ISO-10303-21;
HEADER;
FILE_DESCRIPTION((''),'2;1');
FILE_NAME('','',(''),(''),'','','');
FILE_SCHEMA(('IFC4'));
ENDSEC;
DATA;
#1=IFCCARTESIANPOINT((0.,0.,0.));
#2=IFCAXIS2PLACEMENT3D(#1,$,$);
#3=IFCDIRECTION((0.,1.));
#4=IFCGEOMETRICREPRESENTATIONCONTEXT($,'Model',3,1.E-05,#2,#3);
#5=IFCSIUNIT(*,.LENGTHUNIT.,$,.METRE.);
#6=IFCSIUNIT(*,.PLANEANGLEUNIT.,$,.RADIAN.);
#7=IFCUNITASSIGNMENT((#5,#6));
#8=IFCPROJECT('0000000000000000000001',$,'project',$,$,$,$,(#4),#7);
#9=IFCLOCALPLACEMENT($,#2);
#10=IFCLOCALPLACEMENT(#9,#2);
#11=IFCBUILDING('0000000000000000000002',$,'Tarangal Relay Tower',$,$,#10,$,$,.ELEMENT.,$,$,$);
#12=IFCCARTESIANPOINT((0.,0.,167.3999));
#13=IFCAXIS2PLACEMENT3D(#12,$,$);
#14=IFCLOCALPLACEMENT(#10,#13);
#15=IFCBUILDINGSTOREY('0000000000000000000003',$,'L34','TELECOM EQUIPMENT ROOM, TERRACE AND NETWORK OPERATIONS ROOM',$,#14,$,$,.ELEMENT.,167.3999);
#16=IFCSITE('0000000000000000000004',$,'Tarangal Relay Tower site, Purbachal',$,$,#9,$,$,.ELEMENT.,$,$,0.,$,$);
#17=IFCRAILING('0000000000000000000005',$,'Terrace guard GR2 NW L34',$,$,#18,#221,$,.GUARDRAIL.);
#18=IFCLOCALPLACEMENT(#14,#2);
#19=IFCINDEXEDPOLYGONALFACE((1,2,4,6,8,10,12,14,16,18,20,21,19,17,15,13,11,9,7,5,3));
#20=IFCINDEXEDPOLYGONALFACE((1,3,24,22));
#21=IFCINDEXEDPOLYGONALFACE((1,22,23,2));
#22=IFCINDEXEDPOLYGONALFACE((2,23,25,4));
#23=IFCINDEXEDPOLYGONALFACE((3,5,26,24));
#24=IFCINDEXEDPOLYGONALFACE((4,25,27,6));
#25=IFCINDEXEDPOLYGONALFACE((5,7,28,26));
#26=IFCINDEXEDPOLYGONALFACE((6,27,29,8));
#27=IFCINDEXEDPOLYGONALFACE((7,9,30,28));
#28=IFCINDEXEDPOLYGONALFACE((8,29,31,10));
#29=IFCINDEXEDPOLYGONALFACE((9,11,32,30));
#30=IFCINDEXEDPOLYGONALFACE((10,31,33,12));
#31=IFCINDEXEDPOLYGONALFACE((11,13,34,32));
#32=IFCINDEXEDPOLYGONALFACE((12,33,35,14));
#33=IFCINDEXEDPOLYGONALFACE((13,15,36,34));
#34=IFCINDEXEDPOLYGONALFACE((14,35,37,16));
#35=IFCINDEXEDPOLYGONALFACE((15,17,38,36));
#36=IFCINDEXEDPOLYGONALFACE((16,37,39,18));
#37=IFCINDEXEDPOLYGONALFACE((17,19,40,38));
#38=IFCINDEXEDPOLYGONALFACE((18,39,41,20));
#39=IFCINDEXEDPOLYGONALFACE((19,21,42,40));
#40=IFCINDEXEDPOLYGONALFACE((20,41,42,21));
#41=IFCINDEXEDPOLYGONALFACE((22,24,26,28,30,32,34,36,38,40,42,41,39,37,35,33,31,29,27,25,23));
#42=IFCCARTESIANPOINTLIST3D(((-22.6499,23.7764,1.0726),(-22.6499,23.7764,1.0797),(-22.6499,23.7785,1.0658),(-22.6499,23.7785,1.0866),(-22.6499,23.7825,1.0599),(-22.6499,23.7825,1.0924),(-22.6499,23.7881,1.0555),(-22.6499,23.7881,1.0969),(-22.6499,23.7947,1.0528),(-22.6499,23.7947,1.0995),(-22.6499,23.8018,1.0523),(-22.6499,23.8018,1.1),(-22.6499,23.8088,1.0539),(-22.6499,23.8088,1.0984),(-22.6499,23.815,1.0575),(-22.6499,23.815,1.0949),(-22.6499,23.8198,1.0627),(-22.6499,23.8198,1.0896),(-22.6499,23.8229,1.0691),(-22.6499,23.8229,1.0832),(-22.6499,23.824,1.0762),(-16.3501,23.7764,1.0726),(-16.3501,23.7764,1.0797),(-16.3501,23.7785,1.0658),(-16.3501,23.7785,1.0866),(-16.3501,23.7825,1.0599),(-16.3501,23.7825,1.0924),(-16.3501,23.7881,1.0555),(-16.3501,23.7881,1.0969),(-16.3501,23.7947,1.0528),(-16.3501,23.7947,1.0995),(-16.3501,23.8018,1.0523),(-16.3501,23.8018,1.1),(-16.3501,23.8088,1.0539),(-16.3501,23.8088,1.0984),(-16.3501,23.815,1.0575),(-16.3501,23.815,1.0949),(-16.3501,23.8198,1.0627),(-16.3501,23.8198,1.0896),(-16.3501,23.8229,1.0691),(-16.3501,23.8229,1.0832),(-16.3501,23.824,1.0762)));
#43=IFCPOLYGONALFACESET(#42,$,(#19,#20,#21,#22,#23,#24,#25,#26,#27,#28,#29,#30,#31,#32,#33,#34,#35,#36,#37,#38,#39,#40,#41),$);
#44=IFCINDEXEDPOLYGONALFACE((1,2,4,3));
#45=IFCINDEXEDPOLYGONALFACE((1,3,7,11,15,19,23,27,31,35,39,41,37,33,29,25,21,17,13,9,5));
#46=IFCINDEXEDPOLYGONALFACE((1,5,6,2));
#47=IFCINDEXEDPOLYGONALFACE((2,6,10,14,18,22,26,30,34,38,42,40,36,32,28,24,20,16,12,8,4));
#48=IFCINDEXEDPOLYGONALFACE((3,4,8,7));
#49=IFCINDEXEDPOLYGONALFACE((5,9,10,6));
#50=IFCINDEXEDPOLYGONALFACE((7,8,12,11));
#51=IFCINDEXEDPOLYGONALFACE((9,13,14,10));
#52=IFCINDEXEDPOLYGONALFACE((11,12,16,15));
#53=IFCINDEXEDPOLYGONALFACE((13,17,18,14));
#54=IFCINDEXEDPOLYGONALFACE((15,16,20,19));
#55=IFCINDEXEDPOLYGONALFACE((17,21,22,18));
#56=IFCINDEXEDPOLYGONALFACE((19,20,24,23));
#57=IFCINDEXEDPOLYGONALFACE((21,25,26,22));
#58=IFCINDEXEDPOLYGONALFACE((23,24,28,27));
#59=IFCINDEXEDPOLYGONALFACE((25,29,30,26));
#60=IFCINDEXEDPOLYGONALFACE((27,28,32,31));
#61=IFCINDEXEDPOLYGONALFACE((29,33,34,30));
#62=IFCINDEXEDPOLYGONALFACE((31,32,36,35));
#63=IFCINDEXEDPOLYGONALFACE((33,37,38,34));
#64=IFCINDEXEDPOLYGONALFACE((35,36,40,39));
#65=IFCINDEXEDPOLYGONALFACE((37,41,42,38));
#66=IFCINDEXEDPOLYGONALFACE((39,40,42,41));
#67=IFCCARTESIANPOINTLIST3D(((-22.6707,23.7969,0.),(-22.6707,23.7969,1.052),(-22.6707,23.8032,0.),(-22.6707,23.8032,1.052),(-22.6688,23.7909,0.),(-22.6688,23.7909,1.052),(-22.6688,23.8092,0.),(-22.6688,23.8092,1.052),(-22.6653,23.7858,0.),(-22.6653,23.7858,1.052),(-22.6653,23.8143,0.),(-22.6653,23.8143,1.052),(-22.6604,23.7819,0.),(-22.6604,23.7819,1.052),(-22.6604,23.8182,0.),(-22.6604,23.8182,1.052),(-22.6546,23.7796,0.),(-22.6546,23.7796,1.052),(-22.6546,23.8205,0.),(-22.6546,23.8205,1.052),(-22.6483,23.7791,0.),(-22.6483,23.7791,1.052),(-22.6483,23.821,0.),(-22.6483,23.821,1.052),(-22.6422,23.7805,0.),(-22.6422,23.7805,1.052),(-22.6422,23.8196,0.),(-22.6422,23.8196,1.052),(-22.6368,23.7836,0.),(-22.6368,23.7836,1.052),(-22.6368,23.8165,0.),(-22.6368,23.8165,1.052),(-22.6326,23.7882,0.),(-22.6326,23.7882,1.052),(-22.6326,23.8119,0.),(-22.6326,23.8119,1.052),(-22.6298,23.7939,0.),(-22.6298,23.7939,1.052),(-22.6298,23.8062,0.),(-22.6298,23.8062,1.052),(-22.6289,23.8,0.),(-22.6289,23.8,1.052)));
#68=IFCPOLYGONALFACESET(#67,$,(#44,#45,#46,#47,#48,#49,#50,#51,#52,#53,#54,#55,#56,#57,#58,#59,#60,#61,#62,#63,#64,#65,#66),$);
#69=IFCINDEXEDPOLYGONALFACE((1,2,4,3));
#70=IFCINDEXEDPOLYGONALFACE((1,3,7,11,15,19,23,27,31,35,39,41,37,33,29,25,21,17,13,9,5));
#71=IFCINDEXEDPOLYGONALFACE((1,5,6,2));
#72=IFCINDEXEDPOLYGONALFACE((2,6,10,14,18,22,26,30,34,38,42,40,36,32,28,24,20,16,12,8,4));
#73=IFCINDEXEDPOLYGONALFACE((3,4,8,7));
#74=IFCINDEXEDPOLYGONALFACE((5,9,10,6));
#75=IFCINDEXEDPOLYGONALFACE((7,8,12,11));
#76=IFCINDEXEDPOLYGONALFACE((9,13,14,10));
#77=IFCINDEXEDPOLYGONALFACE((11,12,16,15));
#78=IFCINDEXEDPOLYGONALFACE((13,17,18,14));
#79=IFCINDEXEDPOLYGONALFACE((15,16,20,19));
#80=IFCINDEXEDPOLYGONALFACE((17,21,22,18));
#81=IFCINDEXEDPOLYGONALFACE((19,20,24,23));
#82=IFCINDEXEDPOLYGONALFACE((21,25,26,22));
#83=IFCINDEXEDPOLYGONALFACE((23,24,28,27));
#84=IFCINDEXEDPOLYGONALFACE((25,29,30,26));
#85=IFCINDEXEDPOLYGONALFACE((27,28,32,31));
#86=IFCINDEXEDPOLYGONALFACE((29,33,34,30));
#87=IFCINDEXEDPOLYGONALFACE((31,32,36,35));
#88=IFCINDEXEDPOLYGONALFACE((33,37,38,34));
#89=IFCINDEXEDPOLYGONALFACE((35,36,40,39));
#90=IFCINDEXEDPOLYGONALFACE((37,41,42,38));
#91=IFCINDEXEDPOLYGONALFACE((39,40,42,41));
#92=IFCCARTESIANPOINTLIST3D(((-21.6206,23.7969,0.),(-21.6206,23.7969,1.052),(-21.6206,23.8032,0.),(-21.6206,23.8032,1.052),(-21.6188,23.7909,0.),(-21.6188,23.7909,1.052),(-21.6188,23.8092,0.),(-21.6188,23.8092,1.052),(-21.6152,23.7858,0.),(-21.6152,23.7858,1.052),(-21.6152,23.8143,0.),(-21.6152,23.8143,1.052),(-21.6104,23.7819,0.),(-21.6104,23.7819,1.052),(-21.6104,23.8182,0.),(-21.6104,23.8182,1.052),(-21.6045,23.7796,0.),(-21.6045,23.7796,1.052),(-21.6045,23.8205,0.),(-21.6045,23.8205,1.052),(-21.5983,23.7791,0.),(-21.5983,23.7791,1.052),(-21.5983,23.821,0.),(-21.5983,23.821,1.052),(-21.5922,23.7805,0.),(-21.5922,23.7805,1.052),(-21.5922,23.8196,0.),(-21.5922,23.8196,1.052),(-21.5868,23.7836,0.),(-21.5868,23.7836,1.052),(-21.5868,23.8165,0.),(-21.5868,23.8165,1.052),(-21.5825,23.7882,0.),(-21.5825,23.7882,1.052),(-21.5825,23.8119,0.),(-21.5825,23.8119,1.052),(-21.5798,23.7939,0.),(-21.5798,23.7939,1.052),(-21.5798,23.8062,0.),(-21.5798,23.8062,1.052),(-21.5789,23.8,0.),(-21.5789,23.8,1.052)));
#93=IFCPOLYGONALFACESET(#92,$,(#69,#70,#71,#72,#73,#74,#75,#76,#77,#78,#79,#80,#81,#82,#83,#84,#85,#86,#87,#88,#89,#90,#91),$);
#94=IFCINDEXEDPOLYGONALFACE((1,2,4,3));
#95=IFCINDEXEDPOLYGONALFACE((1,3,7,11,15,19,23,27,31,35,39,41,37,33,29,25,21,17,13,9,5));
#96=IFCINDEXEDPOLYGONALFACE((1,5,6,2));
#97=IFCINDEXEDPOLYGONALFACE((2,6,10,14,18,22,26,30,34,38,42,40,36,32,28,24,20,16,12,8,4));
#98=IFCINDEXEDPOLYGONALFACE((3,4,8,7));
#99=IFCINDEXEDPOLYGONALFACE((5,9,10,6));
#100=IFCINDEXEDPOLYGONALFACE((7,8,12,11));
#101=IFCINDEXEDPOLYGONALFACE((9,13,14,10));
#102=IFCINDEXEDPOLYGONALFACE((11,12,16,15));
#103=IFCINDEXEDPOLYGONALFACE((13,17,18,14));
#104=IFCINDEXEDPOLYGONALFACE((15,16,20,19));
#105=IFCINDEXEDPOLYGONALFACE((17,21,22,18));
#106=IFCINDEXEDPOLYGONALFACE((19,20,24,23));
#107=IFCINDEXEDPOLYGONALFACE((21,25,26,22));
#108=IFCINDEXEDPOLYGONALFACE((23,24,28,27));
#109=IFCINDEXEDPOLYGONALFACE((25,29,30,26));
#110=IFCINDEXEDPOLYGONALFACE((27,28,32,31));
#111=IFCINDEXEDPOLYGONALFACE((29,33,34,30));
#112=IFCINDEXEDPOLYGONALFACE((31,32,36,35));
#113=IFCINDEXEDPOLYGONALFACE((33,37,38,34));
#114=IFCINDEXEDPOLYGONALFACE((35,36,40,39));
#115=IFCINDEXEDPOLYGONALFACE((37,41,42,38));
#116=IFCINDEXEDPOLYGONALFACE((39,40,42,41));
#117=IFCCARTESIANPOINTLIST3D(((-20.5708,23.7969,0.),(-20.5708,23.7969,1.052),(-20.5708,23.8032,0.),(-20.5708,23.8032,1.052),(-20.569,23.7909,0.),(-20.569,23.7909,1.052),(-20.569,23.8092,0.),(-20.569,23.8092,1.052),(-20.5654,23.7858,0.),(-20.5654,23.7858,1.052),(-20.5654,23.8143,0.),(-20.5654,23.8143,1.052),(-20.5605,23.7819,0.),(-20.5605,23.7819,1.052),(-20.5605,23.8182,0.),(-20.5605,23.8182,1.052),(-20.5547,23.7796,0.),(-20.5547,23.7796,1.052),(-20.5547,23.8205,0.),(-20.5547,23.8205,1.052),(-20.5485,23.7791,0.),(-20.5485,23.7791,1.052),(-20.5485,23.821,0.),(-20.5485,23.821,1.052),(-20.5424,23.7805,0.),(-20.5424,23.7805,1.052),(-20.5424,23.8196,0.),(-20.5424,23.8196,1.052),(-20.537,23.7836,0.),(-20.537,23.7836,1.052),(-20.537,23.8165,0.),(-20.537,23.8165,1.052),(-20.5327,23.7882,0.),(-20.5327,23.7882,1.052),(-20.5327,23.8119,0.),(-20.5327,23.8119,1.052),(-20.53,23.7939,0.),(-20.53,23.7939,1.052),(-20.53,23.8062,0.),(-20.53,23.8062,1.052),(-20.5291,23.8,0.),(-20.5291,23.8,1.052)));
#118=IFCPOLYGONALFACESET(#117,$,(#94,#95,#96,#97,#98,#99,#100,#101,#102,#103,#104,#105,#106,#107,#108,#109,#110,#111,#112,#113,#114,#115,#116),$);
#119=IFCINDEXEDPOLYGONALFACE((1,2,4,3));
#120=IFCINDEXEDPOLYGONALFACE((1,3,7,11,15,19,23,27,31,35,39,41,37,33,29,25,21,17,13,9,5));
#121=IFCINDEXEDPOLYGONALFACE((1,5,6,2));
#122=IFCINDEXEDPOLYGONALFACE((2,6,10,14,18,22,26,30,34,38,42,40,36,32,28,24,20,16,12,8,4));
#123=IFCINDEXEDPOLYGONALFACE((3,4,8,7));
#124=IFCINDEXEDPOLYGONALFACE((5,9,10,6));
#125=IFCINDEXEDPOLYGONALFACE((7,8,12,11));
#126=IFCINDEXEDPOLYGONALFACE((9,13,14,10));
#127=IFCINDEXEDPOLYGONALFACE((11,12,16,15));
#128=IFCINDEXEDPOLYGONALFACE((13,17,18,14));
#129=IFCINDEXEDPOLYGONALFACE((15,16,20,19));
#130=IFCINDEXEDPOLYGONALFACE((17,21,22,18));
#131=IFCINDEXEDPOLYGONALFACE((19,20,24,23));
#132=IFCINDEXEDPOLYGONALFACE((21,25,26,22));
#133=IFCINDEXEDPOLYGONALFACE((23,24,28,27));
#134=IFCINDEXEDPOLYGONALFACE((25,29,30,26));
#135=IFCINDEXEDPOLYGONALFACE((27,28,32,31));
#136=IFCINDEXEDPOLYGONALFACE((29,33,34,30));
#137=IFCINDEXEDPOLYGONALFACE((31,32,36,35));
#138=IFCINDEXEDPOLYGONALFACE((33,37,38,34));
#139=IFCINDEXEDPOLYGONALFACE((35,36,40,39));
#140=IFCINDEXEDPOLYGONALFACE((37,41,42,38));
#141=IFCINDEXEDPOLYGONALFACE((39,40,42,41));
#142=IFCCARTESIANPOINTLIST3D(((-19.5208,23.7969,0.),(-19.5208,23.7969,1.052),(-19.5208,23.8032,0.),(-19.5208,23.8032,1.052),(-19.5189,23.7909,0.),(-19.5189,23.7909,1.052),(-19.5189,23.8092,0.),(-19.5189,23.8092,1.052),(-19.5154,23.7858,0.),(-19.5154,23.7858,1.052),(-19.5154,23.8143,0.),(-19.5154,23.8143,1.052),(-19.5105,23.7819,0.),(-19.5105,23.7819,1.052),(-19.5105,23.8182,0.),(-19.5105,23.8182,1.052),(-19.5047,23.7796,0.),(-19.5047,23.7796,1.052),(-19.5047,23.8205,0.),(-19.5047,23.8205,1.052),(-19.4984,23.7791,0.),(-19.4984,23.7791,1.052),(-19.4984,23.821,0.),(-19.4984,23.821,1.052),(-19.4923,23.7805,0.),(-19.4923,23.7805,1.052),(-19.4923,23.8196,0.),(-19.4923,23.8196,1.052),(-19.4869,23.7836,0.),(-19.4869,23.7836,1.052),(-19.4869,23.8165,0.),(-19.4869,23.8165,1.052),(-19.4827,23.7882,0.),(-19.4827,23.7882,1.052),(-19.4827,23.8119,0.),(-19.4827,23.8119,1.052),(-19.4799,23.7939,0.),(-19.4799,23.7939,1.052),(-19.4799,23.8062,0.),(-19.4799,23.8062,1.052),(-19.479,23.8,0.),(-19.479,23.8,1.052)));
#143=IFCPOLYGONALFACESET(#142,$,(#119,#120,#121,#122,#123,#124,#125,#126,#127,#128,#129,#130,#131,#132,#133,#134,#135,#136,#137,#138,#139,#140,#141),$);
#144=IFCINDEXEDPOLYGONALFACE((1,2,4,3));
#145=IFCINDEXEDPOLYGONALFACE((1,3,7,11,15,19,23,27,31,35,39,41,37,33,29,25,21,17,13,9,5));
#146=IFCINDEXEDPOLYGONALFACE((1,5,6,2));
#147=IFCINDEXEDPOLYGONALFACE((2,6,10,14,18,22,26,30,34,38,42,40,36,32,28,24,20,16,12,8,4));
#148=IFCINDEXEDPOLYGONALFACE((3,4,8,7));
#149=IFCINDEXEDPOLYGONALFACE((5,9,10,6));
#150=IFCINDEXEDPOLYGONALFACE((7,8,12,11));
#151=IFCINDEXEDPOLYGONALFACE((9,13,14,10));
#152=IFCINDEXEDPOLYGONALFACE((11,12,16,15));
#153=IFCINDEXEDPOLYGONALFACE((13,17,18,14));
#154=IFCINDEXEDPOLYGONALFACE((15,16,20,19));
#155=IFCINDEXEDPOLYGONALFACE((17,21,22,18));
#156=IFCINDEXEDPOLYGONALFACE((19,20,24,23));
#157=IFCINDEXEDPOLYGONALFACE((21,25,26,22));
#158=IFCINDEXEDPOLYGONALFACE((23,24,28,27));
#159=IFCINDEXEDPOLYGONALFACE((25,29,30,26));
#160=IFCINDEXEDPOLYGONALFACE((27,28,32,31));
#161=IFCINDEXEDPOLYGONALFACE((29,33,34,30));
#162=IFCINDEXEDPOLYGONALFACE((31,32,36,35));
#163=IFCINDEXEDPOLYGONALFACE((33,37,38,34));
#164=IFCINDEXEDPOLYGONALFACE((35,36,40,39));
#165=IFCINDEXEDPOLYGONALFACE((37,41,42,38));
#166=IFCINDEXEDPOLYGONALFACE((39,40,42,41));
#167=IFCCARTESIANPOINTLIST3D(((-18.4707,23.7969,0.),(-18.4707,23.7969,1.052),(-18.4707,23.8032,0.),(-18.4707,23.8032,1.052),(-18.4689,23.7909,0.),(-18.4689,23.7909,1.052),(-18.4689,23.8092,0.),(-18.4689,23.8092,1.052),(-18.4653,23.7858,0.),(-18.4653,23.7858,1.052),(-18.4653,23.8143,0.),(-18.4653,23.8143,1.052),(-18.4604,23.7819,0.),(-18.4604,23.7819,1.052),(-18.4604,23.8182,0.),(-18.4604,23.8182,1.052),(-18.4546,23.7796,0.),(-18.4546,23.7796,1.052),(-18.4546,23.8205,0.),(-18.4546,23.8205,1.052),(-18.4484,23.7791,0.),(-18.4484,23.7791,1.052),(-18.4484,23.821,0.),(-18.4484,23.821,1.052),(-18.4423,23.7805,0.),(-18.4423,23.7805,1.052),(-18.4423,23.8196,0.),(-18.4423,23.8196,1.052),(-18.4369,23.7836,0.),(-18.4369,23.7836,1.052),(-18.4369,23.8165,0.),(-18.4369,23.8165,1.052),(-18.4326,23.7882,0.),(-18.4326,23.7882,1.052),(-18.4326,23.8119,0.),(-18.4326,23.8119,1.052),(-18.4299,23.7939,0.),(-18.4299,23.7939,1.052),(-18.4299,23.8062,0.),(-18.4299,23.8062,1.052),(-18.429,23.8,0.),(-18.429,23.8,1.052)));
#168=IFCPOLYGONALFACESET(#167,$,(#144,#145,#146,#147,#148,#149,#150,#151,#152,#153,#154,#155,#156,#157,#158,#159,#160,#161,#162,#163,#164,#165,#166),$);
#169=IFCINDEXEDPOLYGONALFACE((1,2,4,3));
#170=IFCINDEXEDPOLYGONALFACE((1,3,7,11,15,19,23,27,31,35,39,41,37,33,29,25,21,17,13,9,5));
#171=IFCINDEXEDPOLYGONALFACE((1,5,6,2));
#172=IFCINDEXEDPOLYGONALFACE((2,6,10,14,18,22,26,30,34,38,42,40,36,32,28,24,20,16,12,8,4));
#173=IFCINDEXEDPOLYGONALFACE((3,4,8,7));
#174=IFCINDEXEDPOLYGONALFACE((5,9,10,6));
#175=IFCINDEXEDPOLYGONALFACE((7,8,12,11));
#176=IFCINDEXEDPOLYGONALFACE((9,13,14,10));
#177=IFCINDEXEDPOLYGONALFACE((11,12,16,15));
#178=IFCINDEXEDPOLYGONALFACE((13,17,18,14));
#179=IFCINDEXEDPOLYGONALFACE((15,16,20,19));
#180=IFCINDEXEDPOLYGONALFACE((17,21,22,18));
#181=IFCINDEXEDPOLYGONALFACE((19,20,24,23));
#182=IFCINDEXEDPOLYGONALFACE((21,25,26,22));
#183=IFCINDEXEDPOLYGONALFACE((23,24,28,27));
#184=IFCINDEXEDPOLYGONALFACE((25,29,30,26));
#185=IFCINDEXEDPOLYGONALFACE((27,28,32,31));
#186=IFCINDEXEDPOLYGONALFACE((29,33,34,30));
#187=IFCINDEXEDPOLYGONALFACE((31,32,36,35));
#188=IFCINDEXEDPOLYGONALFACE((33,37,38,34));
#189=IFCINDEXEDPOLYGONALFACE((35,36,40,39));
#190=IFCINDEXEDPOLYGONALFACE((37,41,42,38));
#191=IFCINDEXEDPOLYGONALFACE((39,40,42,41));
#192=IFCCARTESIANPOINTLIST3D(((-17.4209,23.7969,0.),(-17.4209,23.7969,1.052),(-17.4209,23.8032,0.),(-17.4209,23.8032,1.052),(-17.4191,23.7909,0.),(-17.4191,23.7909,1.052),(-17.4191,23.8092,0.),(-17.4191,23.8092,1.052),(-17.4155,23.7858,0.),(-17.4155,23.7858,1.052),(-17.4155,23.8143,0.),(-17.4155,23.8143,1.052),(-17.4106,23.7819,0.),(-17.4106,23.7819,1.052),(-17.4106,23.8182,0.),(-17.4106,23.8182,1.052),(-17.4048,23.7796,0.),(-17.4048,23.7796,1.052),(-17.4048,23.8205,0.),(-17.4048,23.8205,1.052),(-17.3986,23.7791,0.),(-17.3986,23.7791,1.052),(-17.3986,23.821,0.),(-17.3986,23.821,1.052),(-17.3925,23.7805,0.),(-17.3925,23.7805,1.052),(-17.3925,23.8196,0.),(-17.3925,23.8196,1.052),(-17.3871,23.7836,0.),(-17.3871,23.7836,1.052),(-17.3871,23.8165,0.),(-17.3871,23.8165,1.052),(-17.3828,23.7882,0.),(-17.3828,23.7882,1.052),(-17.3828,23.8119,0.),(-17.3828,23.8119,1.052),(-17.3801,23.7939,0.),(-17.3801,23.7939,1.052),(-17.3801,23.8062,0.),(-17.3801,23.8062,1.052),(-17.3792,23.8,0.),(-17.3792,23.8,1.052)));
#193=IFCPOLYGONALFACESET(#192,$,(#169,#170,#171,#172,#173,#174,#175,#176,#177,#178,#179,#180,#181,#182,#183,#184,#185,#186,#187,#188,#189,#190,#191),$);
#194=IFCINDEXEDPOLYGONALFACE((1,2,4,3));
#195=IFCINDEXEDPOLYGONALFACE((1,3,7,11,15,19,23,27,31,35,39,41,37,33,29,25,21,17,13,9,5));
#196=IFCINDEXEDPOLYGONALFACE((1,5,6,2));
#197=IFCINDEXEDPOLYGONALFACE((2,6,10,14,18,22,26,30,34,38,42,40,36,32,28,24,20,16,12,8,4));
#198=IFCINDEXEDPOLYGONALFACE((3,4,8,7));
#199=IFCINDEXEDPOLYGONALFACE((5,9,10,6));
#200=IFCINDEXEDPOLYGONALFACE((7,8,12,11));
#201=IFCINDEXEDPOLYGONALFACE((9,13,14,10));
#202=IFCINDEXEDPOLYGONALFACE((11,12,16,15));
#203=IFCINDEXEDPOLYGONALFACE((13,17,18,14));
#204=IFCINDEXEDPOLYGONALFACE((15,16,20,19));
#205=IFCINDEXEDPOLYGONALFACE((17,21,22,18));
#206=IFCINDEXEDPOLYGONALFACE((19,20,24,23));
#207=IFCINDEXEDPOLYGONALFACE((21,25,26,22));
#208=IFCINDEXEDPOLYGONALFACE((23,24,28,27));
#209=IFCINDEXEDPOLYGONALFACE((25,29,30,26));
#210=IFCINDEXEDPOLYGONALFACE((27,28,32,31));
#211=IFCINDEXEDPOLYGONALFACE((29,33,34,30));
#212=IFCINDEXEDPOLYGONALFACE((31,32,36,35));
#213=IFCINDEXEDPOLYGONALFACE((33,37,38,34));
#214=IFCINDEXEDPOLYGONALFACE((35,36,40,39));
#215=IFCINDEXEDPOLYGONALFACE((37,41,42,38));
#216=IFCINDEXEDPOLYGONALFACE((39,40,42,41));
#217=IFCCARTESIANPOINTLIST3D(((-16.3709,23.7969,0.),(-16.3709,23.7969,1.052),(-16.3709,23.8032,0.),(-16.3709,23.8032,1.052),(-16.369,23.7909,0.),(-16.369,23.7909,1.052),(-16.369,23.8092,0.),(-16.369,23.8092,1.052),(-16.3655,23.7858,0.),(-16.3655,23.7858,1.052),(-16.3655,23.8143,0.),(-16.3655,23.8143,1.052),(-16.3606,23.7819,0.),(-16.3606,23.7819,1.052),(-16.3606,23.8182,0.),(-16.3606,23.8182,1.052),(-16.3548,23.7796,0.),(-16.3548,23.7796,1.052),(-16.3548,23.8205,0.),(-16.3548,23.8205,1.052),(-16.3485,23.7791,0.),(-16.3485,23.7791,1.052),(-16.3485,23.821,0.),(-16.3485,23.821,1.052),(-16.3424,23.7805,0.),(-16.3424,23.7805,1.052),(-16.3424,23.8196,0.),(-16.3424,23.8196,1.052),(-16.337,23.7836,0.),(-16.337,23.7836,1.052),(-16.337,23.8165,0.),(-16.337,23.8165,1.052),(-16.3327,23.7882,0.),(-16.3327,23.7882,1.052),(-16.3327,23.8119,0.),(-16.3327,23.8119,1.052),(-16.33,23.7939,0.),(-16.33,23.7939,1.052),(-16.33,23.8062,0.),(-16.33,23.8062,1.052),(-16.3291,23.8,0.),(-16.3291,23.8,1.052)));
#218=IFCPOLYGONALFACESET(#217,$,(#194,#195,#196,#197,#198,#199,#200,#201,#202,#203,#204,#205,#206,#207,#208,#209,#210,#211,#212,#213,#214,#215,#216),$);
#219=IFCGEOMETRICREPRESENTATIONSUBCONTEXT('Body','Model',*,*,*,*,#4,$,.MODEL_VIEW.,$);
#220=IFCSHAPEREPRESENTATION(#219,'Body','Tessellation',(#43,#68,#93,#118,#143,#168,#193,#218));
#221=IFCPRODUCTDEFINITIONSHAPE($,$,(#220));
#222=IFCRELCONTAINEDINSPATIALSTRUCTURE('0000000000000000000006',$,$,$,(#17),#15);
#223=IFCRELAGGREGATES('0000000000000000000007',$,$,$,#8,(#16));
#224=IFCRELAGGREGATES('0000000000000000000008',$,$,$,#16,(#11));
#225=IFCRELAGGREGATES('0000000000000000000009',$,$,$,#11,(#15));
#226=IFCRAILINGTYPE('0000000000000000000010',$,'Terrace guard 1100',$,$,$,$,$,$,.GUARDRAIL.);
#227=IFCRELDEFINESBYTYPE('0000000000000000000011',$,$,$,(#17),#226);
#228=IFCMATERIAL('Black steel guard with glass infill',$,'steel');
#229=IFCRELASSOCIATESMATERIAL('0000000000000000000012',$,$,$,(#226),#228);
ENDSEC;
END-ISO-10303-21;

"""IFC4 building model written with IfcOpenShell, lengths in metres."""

from ifc_helpers import new_model, si_unit, direction, frame, origin, origin_2d, place, context, subcontext, project, spatial, circle, extrude, material, type_object, element, save


model = new_model("IFC4")

# Units and contexts
model_context = context("Model", 3, precision=1e-05, world=origin(), true_north=direction((0.0, 1.0)))
body_context = subcontext(model_context, "Body", "Model", "MODEL_VIEW")
ifc_project = project(units=[si_unit("LENGTHUNIT", "METRE"), si_unit("PLANEANGLEUNIT", "RADIAN")], contexts=[model_context])

# Site, building, storey
site_placement = place(None, origin())
site = spatial("IfcSite", under=ifc_project, at=site_placement, Name="Tarangal Relay Tower site, Purbachal", CompositionType="ELEMENT", RefElevation=0.0)
building_placement = place(site_placement, origin())
building = spatial("IfcBuilding", under=site, at=building_placement, Name="Tarangal Relay Tower", CompositionType="ELEMENT")
storey_placement = place(building_placement, frame((0.0, 0.0, 167.3999)))
storey = spatial("IfcBuildingStorey", under=building, at=storey_placement, Name="L34", Description="TELECOM EQUIPMENT ROOM, TERRACE AND NETWORK OPERATIONS ROOM", CompositionType="ELEMENT", Elevation=167.3999)

# Railing
ifc_material_1 = material(Name="Black steel guard with glass infill", Category="steel")
railing_type = type_object("IfcRailingType", Name="Terrace guard 1100", PredefinedType="GUARDRAIL", material=ifc_material_1)
railing_1_placement = place(storey_placement, frame((-22.6499, 23.8, 0.0)))
element("IfcRailing", 1, at=railing_1_placement, inside=storey, type_object=railing_type, Name="Terrace guard GR2 NW L34", PredefinedType="GUARDRAIL", context=body_context, shape_type="SweptSolid", body=[
    extrude(circle(Radius=0.0239, at=origin_2d()), frame((0.0, 0.0, 1.0762), z_axis=(1.0, 0.0, 0.0), x_axis=(0.0, 1.0, 0.0)), (0.0, 0.0, 1.0), 6.2998),
    extrude(circle(Radius=0.021, at=origin_2d()), origin(), (0.0, 0.0, 1.0), 1.052),
    extrude(circle(Radius=0.021, at=origin_2d()), frame((1.05, 0.0, 0.0)), (0.0, 0.0, 1.0), 1.052),
    extrude(circle(Radius=0.021, at=origin_2d()), frame((2.0999, 0.0, 0.0)), (0.0, 0.0, 1.0), 1.052),
    extrude(circle(Radius=0.021, at=origin_2d()), frame((3.1499, 0.0, 0.0)), (0.0, 0.0, 1.0), 1.052),
    extrude(circle(Radius=0.021, at=origin_2d()), frame((4.2, 0.0, 0.0)), (0.0, 0.0, 1.0), 1.052),
    extrude(circle(Radius=0.021, at=origin_2d()), frame((5.2498, 0.0, 0.0)), (0.0, 0.0, 1.0), 1.052),
    extrude(circle(Radius=0.021, at=origin_2d()), frame((6.2998, 0.0, 0.0)), (0.0, 0.0, 1.0), 1.052),
])

save(model, "model.ifc")
